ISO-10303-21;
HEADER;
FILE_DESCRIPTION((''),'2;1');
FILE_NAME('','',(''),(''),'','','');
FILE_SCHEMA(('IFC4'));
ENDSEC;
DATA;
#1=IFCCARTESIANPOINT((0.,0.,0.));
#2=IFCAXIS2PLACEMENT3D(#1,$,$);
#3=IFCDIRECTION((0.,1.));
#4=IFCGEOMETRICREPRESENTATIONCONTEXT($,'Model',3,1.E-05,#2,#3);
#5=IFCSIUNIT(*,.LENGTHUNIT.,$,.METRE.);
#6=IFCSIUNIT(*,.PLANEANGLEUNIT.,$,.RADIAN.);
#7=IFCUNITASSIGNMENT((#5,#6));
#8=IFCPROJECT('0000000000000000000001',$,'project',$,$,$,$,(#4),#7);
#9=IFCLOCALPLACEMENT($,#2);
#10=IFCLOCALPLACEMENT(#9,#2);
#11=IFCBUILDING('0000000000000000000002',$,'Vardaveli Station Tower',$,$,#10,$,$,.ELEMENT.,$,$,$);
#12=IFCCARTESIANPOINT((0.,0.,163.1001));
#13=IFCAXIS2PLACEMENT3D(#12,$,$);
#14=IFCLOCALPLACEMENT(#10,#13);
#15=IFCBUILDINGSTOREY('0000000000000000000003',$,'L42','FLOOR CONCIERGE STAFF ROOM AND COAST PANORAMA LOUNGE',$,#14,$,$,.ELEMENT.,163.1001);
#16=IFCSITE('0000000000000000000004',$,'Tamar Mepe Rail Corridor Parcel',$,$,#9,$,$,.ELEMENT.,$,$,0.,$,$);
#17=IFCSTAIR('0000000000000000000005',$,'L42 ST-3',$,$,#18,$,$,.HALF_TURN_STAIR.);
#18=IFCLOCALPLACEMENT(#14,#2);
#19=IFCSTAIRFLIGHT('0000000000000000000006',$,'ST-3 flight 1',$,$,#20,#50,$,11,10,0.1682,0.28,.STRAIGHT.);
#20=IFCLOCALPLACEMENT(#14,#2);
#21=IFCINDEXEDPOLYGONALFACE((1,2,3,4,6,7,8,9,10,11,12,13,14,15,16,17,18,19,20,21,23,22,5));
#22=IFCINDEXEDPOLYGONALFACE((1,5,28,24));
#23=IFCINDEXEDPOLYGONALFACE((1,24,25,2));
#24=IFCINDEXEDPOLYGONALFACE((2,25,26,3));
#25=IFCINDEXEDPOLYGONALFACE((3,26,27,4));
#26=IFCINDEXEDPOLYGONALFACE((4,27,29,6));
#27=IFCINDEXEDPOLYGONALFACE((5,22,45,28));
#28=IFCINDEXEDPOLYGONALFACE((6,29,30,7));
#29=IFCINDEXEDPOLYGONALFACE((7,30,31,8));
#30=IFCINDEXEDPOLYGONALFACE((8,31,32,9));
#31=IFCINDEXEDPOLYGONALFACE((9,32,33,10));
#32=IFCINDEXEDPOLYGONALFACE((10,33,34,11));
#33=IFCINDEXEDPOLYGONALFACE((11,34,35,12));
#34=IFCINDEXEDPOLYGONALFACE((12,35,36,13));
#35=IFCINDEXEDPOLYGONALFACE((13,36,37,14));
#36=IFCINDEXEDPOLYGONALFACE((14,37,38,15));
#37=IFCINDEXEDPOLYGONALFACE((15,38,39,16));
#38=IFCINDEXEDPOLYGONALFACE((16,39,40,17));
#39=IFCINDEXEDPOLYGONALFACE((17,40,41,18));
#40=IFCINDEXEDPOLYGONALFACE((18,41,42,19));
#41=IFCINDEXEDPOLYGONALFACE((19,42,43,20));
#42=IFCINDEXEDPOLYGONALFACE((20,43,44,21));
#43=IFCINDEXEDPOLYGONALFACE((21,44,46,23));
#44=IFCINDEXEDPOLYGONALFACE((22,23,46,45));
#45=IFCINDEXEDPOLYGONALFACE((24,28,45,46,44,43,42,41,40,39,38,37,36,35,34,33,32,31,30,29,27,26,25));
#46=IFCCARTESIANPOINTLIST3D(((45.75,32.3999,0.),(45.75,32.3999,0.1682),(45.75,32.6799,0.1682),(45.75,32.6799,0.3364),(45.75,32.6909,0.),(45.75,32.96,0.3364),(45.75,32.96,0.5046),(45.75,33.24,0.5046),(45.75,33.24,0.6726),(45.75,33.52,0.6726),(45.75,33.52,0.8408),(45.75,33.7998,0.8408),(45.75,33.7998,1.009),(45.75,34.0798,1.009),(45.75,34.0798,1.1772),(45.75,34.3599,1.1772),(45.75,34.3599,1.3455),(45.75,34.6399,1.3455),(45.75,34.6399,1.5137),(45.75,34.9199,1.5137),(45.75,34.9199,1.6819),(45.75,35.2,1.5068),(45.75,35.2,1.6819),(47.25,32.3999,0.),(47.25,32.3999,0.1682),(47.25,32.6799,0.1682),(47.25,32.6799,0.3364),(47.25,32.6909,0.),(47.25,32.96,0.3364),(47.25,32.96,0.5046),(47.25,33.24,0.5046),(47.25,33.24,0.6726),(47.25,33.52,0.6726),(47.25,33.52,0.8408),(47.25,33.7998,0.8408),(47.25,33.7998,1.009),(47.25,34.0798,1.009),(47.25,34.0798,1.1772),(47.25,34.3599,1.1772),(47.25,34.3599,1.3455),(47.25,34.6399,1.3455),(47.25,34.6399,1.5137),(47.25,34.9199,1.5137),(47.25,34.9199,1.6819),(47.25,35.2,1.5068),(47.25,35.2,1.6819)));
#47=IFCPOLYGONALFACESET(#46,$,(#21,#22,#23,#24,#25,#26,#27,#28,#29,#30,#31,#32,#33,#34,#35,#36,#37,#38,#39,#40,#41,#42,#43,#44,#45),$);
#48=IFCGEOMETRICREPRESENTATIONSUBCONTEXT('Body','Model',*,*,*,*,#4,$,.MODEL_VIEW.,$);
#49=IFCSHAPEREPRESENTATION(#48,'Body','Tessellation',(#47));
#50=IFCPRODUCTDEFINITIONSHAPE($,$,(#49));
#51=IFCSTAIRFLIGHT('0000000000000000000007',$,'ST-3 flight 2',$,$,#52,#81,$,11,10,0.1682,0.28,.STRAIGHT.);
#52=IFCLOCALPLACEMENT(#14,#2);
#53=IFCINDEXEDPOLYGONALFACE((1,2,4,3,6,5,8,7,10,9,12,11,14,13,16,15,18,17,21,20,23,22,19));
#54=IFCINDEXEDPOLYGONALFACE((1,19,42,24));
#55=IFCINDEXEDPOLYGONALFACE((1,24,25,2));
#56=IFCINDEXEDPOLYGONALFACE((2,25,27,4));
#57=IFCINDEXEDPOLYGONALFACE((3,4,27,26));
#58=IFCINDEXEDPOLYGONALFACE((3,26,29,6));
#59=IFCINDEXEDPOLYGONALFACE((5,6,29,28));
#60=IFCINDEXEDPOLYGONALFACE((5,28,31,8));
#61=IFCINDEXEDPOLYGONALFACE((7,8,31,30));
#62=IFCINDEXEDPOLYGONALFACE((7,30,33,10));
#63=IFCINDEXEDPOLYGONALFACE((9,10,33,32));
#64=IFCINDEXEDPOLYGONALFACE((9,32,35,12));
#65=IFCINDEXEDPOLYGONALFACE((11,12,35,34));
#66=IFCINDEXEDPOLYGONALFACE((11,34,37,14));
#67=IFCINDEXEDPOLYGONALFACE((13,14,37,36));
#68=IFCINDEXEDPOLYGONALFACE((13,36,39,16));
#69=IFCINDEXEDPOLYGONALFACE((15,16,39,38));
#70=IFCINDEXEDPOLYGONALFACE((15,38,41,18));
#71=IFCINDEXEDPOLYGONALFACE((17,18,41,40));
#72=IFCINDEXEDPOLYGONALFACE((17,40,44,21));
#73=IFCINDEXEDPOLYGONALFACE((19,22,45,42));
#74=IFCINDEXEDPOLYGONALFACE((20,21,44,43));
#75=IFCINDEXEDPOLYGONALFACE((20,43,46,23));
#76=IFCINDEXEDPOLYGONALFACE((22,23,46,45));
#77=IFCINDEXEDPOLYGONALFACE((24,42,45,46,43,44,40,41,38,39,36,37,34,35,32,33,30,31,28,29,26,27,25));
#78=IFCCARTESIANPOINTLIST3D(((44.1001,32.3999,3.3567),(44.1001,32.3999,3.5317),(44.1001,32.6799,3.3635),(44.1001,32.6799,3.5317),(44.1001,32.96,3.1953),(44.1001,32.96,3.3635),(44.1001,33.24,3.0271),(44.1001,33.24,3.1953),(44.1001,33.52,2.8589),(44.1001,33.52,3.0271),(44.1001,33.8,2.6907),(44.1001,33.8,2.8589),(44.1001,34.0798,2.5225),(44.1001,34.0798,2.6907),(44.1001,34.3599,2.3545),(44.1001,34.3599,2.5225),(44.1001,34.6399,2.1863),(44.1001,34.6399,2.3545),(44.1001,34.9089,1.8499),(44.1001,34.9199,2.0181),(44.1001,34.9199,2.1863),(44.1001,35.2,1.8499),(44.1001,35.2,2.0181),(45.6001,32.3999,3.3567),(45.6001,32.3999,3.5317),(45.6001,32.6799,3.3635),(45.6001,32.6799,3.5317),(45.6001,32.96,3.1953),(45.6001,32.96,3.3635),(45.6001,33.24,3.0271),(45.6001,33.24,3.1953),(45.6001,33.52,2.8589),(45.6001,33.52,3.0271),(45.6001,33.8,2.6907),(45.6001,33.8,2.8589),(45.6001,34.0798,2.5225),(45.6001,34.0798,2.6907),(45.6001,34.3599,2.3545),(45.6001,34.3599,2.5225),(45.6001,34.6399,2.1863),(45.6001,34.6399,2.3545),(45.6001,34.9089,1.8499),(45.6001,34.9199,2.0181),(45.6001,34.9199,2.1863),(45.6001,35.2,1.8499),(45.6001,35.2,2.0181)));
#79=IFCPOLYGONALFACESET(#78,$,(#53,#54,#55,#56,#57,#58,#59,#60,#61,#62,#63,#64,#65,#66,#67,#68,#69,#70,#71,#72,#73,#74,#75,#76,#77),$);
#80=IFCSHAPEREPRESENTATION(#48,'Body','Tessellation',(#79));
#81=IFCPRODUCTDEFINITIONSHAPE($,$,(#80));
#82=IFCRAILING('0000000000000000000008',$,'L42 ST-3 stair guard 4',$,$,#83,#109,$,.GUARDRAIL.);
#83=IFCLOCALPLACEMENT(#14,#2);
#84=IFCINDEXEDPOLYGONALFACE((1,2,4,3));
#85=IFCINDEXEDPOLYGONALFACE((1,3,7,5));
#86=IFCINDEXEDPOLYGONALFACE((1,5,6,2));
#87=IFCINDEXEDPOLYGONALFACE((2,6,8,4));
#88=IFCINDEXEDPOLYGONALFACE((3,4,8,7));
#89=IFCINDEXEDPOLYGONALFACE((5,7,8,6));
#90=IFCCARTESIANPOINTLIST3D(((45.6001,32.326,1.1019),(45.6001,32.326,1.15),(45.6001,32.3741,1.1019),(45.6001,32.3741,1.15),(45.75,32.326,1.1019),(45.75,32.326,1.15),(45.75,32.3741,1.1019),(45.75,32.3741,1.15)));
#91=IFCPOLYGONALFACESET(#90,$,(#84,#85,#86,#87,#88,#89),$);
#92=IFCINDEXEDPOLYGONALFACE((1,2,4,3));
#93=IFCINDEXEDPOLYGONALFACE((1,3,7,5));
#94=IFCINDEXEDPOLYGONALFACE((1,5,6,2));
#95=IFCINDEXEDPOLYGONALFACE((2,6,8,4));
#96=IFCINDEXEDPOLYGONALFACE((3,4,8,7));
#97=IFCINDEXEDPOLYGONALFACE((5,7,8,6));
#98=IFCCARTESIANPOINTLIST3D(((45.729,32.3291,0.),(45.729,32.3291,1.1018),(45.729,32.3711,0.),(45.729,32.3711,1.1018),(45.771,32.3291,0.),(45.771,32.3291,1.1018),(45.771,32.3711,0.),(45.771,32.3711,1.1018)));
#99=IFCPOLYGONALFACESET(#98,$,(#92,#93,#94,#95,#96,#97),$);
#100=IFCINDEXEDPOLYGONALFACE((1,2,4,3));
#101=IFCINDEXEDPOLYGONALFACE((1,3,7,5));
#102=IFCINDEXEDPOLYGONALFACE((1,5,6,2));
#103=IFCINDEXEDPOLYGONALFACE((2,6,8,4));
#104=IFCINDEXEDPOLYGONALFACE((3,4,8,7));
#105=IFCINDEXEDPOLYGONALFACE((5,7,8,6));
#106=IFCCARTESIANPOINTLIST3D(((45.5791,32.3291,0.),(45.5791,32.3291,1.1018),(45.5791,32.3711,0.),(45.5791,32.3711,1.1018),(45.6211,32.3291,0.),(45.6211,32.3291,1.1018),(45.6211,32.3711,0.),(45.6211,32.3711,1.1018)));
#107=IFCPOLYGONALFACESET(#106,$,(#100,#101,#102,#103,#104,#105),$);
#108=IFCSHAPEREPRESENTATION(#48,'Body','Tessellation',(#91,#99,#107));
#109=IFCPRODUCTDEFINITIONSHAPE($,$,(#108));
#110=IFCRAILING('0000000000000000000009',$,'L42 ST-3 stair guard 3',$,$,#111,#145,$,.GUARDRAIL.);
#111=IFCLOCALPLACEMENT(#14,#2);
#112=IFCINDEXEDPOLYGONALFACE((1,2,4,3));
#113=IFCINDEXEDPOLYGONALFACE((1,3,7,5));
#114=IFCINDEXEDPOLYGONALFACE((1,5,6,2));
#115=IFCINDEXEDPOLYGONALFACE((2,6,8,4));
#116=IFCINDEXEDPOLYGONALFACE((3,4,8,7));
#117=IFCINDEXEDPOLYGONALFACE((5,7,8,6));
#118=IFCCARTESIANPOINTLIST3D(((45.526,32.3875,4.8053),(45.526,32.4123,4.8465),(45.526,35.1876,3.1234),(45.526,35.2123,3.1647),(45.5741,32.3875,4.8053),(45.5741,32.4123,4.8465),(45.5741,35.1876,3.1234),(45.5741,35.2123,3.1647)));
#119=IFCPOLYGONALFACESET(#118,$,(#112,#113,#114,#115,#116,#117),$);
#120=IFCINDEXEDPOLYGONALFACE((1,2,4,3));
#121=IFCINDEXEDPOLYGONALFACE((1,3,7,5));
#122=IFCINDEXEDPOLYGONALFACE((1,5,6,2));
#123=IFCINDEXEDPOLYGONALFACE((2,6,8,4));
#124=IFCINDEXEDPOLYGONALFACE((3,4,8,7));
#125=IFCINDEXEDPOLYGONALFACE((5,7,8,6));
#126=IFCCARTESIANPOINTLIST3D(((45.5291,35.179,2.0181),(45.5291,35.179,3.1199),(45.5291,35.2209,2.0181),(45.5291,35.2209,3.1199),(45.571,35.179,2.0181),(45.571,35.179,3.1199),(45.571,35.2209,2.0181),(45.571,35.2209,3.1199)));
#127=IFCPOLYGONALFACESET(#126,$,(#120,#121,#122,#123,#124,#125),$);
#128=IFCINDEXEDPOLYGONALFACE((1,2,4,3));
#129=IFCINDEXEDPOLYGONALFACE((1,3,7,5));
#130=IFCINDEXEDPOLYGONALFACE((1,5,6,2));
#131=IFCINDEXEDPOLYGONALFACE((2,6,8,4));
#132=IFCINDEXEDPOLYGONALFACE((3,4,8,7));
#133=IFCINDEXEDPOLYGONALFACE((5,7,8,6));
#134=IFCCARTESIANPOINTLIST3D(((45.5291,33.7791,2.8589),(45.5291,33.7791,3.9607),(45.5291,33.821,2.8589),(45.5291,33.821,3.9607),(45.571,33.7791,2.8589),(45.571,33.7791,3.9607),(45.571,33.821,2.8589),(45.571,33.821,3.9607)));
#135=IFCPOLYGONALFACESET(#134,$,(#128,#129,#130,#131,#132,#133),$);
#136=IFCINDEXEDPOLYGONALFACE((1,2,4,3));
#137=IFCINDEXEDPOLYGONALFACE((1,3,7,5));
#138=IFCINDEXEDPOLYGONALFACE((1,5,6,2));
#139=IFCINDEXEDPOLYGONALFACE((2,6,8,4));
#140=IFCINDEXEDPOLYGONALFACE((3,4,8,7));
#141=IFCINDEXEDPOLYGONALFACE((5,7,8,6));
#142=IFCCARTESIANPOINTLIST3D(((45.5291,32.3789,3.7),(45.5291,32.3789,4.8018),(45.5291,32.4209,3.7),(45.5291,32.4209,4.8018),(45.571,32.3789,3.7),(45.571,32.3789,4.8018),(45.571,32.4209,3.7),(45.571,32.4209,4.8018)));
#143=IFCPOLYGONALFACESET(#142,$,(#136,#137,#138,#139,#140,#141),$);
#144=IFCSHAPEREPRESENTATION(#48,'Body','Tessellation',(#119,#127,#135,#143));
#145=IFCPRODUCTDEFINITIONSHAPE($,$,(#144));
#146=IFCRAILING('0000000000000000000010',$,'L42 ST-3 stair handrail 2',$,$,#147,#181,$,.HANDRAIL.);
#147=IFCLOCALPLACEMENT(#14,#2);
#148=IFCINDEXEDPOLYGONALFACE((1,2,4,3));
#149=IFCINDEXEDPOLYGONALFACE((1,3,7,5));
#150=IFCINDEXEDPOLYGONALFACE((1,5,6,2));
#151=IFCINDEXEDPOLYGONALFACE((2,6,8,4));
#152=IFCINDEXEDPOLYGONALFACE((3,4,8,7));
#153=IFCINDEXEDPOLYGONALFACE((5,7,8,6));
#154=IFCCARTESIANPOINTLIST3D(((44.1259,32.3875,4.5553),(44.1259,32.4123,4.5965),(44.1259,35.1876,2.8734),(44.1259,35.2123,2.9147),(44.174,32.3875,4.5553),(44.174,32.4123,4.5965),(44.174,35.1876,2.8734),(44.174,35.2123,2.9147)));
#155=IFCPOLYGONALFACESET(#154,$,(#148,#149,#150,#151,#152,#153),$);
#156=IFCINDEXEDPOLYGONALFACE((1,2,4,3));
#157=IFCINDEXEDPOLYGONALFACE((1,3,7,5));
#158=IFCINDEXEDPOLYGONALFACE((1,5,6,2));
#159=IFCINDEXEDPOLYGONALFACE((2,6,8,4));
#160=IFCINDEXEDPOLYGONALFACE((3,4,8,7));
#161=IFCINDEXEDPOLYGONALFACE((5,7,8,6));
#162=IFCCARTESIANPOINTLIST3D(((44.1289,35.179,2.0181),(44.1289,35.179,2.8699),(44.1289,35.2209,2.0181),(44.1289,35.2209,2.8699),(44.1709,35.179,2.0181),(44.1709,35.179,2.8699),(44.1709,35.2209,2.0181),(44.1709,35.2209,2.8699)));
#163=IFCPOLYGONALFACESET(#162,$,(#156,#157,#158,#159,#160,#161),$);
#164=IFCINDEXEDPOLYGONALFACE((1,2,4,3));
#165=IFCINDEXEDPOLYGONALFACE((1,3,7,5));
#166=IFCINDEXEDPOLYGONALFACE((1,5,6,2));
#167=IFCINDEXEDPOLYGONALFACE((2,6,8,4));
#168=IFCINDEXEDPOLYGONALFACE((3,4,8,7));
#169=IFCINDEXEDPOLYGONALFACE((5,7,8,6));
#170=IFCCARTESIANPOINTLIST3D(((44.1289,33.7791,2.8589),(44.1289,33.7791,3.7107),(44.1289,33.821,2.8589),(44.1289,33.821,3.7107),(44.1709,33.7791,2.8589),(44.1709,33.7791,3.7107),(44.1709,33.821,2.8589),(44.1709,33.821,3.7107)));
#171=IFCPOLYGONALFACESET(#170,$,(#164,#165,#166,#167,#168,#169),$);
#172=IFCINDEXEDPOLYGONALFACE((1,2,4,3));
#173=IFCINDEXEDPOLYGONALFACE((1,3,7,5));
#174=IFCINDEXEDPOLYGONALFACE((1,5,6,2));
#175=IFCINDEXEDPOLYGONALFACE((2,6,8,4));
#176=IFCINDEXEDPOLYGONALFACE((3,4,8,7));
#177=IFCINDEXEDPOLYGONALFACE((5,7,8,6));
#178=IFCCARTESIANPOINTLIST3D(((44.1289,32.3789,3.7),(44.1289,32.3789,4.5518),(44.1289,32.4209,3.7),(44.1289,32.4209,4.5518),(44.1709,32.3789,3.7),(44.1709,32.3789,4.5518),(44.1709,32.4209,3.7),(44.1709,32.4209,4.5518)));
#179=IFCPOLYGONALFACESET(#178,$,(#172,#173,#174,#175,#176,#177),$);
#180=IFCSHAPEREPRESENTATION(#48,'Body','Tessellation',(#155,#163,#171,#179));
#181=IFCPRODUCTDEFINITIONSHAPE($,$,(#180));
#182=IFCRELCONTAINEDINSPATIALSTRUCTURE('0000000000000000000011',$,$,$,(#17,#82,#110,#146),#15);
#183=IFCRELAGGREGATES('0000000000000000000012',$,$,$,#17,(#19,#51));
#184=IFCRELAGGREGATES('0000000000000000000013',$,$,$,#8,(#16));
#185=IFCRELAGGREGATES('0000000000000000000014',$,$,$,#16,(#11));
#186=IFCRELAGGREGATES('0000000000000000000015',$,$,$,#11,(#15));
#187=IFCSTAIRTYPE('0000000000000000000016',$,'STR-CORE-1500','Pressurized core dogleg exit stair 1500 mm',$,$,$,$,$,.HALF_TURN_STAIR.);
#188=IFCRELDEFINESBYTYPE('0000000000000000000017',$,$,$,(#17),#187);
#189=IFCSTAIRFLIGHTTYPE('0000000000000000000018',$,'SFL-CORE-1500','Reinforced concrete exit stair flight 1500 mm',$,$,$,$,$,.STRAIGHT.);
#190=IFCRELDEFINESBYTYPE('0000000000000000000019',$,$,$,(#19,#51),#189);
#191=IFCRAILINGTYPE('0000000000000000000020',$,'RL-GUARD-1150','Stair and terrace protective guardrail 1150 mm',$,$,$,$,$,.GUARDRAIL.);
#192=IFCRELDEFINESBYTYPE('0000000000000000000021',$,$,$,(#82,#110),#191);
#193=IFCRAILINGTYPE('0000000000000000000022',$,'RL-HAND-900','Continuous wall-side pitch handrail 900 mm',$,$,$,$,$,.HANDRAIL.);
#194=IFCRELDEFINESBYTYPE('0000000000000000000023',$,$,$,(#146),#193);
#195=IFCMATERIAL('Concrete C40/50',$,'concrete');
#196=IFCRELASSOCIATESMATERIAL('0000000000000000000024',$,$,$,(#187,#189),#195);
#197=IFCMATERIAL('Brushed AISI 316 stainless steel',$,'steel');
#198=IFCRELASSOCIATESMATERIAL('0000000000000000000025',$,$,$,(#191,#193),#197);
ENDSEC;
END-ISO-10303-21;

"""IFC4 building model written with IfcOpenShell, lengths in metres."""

from ifc_helpers import new_model, si_unit, direction, frame, origin, origin_2d, place, context, subcontext, project, spatial, polyline, rectangle, outline, extrude, source, transform, mapped, material, type_object, element, aggregate, save


model = new_model("IFC4")

# Units and contexts
model_context = context("Model", 3, precision=1e-05, world=origin(), true_north=direction((0.0, 1.0)))
body_context = subcontext(model_context, "Body", "Model", "MODEL_VIEW")
ifc_project = project(units=[si_unit("LENGTHUNIT", "METRE"), si_unit("PLANEANGLEUNIT", "RADIAN")], contexts=[model_context])

# Site, building, storey
site_placement = place(None, origin())
site = spatial("IfcSite", under=ifc_project, at=site_placement, Name="Tamar Mepe Rail Corridor Parcel", CompositionType="ELEMENT", RefElevation=0.0)
building_placement = place(site_placement, origin())
building = spatial("IfcBuilding", under=site, at=building_placement, Name="Vardaveli Station Tower", CompositionType="ELEMENT")
storey_placement = place(building_placement, frame((0.0, 0.0, 163.1001)))
storey = spatial("IfcBuildingStorey", under=building, at=storey_placement, Name="L42", Description="FLOOR CONCIERGE STAFF ROOM AND COAST PANORAMA LOUNGE", CompositionType="ELEMENT", Elevation=163.1001)

# Shared definitions
ifc_material_1 = material(Name="Concrete C40/50", Category="concrete")

# Stair, stair flights
stair_type = type_object("IfcStairType", Name="STR-CORE-1500", Description="Pressurized core dogleg exit stair 1500 mm", PredefinedType="HALF_TURN_STAIR", material=ifc_material_1)
stair_placement = place(storey_placement, origin())
stair = element("IfcStair", 1, at=stair_placement, inside=storey, type_object=stair_type, Name="L42 ST-3", PredefinedType="HALF_TURN_STAIR")
stair_flight_type = type_object("IfcStairFlightType", Name="SFL-CORE-1500", Description="Reinforced concrete exit stair flight 1500 mm", PredefinedType="STRAIGHT", material=ifc_material_1)
shared_shape_1 = source(origin(), body_context, "Body", "SweptSolid", [
    extrude(outline(polyline([(0.0, 0.0), (0.0, 0.1682), (0.28, 0.1682), (0.28, 0.3364), (0.5601, 0.3364), (0.5601, 0.5046), (0.8401, 0.5046), (0.8401, 0.6726), (1.1201, 0.6726), (1.1201, 0.8408), (1.3999, 0.8408), (1.3999, 1.009), (1.6799, 1.009), (1.6799, 1.1772), (1.96, 1.1772), (1.96, 1.3455), (2.24, 1.3455), (2.24, 1.5137), (2.52, 1.5137), (2.52, 1.6819), (2.8, 1.6819), (2.8, 1.8501), (2.8, 1.5068), (0.291, 0.0), (0.0, 0.0)])), frame((0.0, 0.75, 0.0), z_axis=(0.0, -1.0, 0.0), x_axis=(1.0, 0.0, 0.0)), (0.0, 0.0, 1.0), 1.5),
])
stair_flight_1_placement = place(storey_placement, frame((46.5, 32.3999, 0.0), z_axis=(0.0, 0.0, 1.0), x_axis=(0.0, 1.0, 0.0)))
stair_flight_1 = element("IfcStairFlight", 2, at=stair_flight_1_placement, type_object=stair_flight_type, Name="ST-3 flight 1", NumberOfRisers=11, NumberOfTreads=10, PredefinedType="STRAIGHT", RiserHeight=0.1682, TreadLength=0.28, context=body_context, shape_type="MappedRepresentation", body=[
    mapped(shared_shape_1, transform((0.0, 0.0, 0.0), scale=1.0)),
])
stair_flight_2_placement = place(storey_placement, frame((44.8501, 35.2, 1.8499), z_axis=(0.0, 0.0, 1.0), x_axis=(0.0, -1.0, 0.0)))
stair_flight_2 = element("IfcStairFlight", 3, at=stair_flight_2_placement, type_object=stair_flight_type, Name="ST-3 flight 2", NumberOfRisers=11, NumberOfTreads=10, PredefinedType="STRAIGHT", RiserHeight=0.1682, TreadLength=0.28, context=body_context, shape_type="MappedRepresentation", body=[
    mapped(shared_shape_1, transform((0.0, 0.0, 0.0), scale=1.0)),
])
aggregate(stair, [stair_flight_1, stair_flight_2])

# Railings
ifc_material_2 = material(Name="Brushed AISI 316 stainless steel", Category="steel")
railing_type_1 = type_object("IfcRailingType", Name="RL-GUARD-1150", Description="Stair and terrace protective guardrail 1150 mm", PredefinedType="GUARDRAIL", material=ifc_material_2)
shared_shape_2 = source(origin(), body_context, "Body", "SweptSolid", [
    extrude(rectangle(XDim=0.0481, YDim=0.0481, at=origin_2d()), frame((0.0, 0.0, 1.126), z_axis=(-1.0, 0.0, 0.0), x_axis=(0.0, -1.0, 0.0)), (0.0, 0.0, 1.0), 0.1499),
    extrude(rectangle(XDim=0.042, YDim=0.042, at=origin_2d()), origin(), (0.0, 0.0, 1.0), 1.1018),
    extrude(rectangle(XDim=0.042, YDim=0.042, at=origin_2d()), frame((-0.1499, 0.0, 0.0)), (0.0, 0.0, 1.0), 1.1018),
])
railing_1_placement = place(storey_placement, frame((45.75, 32.3501, 0.0)))
element("IfcRailing", 4, at=railing_1_placement, inside=storey, type_object=railing_type_1, Name="L42 ST-3 stair guard 4", PredefinedType="GUARDRAIL", context=body_context, shape_type="MappedRepresentation", body=[
    mapped(shared_shape_2, transform((0.0, 0.0, 0.0), scale=1.0)),
])
shared_shape_3 = source(origin(), body_context, "Body", "SweptSolid", [
    extrude(rectangle(XDim=0.0481, YDim=0.0481, at=origin_2d()), frame((0.0, 0.0, 1.126), z_axis=(0.0, -0.857242, 0.514913), x_axis=(1.0, 0.0, 0.0)), (0.0, 0.0, 1.0), 3.2664),
    extrude(rectangle(XDim=0.042, YDim=0.042, at=origin_2d()), origin(), (0.0, 0.0, 1.0), 1.1018),
    extrude(rectangle(XDim=0.042, YDim=0.042, at=origin_2d()), frame((0.0, -1.3999, 0.8408)), (0.0, 0.0, 1.0), 1.1018),
    extrude(rectangle(XDim=0.042, YDim=0.042, at=origin_2d()), frame((0.0, -2.8, 1.6819)), (0.0, 0.0, 1.0), 1.1018),
])
railing_2_placement = place(storey_placement, frame((45.55, 35.2, 2.0181)))
element("IfcRailing", 5, at=railing_2_placement, inside=storey, type_object=railing_type_1, Name="L42 ST-3 stair guard 3", PredefinedType="GUARDRAIL", context=body_context, shape_type="MappedRepresentation", body=[
    mapped(shared_shape_3, transform((0.0, 0.0, 0.0), scale=1.0)),
])
railing_type_2 = type_object("IfcRailingType", Name="RL-HAND-900", Description="Continuous wall-side pitch handrail 900 mm", PredefinedType="HANDRAIL", material=ifc_material_2)
shared_shape_4 = source(origin(), body_context, "Body", "SweptSolid", [
    extrude(rectangle(XDim=0.0481, YDim=0.0481, at=origin_2d()), frame((0.0, 0.0, 0.876), z_axis=(0.0, -0.857242, 0.514913), x_axis=(1.0, 0.0, 0.0)), (0.0, 0.0, 1.0), 3.2664),
    extrude(rectangle(XDim=0.042, YDim=0.042, at=origin_2d()), origin(), (0.0, 0.0, 1.0), 0.8518),
    extrude(rectangle(XDim=0.042, YDim=0.042, at=origin_2d()), frame((0.0, -1.3999, 0.8408)), (0.0, 0.0, 1.0), 0.8518),
    extrude(rectangle(XDim=0.042, YDim=0.042, at=origin_2d()), frame((0.0, -2.8, 1.6819)), (0.0, 0.0, 1.0), 0.8518),
])
railing_3_placement = place(storey_placement, frame((44.1499, 35.2, 2.0181)))
element("IfcRailing", 6, at=railing_3_placement, inside=storey, type_object=railing_type_2, Name="L42 ST-3 stair handrail 2", PredefinedType="HANDRAIL", context=body_context, shape_type="MappedRepresentation", body=[
    mapped(shared_shape_4, transform((0.0, 0.0, 0.0), scale=1.0)),
])

save(model, "model.ifc")
